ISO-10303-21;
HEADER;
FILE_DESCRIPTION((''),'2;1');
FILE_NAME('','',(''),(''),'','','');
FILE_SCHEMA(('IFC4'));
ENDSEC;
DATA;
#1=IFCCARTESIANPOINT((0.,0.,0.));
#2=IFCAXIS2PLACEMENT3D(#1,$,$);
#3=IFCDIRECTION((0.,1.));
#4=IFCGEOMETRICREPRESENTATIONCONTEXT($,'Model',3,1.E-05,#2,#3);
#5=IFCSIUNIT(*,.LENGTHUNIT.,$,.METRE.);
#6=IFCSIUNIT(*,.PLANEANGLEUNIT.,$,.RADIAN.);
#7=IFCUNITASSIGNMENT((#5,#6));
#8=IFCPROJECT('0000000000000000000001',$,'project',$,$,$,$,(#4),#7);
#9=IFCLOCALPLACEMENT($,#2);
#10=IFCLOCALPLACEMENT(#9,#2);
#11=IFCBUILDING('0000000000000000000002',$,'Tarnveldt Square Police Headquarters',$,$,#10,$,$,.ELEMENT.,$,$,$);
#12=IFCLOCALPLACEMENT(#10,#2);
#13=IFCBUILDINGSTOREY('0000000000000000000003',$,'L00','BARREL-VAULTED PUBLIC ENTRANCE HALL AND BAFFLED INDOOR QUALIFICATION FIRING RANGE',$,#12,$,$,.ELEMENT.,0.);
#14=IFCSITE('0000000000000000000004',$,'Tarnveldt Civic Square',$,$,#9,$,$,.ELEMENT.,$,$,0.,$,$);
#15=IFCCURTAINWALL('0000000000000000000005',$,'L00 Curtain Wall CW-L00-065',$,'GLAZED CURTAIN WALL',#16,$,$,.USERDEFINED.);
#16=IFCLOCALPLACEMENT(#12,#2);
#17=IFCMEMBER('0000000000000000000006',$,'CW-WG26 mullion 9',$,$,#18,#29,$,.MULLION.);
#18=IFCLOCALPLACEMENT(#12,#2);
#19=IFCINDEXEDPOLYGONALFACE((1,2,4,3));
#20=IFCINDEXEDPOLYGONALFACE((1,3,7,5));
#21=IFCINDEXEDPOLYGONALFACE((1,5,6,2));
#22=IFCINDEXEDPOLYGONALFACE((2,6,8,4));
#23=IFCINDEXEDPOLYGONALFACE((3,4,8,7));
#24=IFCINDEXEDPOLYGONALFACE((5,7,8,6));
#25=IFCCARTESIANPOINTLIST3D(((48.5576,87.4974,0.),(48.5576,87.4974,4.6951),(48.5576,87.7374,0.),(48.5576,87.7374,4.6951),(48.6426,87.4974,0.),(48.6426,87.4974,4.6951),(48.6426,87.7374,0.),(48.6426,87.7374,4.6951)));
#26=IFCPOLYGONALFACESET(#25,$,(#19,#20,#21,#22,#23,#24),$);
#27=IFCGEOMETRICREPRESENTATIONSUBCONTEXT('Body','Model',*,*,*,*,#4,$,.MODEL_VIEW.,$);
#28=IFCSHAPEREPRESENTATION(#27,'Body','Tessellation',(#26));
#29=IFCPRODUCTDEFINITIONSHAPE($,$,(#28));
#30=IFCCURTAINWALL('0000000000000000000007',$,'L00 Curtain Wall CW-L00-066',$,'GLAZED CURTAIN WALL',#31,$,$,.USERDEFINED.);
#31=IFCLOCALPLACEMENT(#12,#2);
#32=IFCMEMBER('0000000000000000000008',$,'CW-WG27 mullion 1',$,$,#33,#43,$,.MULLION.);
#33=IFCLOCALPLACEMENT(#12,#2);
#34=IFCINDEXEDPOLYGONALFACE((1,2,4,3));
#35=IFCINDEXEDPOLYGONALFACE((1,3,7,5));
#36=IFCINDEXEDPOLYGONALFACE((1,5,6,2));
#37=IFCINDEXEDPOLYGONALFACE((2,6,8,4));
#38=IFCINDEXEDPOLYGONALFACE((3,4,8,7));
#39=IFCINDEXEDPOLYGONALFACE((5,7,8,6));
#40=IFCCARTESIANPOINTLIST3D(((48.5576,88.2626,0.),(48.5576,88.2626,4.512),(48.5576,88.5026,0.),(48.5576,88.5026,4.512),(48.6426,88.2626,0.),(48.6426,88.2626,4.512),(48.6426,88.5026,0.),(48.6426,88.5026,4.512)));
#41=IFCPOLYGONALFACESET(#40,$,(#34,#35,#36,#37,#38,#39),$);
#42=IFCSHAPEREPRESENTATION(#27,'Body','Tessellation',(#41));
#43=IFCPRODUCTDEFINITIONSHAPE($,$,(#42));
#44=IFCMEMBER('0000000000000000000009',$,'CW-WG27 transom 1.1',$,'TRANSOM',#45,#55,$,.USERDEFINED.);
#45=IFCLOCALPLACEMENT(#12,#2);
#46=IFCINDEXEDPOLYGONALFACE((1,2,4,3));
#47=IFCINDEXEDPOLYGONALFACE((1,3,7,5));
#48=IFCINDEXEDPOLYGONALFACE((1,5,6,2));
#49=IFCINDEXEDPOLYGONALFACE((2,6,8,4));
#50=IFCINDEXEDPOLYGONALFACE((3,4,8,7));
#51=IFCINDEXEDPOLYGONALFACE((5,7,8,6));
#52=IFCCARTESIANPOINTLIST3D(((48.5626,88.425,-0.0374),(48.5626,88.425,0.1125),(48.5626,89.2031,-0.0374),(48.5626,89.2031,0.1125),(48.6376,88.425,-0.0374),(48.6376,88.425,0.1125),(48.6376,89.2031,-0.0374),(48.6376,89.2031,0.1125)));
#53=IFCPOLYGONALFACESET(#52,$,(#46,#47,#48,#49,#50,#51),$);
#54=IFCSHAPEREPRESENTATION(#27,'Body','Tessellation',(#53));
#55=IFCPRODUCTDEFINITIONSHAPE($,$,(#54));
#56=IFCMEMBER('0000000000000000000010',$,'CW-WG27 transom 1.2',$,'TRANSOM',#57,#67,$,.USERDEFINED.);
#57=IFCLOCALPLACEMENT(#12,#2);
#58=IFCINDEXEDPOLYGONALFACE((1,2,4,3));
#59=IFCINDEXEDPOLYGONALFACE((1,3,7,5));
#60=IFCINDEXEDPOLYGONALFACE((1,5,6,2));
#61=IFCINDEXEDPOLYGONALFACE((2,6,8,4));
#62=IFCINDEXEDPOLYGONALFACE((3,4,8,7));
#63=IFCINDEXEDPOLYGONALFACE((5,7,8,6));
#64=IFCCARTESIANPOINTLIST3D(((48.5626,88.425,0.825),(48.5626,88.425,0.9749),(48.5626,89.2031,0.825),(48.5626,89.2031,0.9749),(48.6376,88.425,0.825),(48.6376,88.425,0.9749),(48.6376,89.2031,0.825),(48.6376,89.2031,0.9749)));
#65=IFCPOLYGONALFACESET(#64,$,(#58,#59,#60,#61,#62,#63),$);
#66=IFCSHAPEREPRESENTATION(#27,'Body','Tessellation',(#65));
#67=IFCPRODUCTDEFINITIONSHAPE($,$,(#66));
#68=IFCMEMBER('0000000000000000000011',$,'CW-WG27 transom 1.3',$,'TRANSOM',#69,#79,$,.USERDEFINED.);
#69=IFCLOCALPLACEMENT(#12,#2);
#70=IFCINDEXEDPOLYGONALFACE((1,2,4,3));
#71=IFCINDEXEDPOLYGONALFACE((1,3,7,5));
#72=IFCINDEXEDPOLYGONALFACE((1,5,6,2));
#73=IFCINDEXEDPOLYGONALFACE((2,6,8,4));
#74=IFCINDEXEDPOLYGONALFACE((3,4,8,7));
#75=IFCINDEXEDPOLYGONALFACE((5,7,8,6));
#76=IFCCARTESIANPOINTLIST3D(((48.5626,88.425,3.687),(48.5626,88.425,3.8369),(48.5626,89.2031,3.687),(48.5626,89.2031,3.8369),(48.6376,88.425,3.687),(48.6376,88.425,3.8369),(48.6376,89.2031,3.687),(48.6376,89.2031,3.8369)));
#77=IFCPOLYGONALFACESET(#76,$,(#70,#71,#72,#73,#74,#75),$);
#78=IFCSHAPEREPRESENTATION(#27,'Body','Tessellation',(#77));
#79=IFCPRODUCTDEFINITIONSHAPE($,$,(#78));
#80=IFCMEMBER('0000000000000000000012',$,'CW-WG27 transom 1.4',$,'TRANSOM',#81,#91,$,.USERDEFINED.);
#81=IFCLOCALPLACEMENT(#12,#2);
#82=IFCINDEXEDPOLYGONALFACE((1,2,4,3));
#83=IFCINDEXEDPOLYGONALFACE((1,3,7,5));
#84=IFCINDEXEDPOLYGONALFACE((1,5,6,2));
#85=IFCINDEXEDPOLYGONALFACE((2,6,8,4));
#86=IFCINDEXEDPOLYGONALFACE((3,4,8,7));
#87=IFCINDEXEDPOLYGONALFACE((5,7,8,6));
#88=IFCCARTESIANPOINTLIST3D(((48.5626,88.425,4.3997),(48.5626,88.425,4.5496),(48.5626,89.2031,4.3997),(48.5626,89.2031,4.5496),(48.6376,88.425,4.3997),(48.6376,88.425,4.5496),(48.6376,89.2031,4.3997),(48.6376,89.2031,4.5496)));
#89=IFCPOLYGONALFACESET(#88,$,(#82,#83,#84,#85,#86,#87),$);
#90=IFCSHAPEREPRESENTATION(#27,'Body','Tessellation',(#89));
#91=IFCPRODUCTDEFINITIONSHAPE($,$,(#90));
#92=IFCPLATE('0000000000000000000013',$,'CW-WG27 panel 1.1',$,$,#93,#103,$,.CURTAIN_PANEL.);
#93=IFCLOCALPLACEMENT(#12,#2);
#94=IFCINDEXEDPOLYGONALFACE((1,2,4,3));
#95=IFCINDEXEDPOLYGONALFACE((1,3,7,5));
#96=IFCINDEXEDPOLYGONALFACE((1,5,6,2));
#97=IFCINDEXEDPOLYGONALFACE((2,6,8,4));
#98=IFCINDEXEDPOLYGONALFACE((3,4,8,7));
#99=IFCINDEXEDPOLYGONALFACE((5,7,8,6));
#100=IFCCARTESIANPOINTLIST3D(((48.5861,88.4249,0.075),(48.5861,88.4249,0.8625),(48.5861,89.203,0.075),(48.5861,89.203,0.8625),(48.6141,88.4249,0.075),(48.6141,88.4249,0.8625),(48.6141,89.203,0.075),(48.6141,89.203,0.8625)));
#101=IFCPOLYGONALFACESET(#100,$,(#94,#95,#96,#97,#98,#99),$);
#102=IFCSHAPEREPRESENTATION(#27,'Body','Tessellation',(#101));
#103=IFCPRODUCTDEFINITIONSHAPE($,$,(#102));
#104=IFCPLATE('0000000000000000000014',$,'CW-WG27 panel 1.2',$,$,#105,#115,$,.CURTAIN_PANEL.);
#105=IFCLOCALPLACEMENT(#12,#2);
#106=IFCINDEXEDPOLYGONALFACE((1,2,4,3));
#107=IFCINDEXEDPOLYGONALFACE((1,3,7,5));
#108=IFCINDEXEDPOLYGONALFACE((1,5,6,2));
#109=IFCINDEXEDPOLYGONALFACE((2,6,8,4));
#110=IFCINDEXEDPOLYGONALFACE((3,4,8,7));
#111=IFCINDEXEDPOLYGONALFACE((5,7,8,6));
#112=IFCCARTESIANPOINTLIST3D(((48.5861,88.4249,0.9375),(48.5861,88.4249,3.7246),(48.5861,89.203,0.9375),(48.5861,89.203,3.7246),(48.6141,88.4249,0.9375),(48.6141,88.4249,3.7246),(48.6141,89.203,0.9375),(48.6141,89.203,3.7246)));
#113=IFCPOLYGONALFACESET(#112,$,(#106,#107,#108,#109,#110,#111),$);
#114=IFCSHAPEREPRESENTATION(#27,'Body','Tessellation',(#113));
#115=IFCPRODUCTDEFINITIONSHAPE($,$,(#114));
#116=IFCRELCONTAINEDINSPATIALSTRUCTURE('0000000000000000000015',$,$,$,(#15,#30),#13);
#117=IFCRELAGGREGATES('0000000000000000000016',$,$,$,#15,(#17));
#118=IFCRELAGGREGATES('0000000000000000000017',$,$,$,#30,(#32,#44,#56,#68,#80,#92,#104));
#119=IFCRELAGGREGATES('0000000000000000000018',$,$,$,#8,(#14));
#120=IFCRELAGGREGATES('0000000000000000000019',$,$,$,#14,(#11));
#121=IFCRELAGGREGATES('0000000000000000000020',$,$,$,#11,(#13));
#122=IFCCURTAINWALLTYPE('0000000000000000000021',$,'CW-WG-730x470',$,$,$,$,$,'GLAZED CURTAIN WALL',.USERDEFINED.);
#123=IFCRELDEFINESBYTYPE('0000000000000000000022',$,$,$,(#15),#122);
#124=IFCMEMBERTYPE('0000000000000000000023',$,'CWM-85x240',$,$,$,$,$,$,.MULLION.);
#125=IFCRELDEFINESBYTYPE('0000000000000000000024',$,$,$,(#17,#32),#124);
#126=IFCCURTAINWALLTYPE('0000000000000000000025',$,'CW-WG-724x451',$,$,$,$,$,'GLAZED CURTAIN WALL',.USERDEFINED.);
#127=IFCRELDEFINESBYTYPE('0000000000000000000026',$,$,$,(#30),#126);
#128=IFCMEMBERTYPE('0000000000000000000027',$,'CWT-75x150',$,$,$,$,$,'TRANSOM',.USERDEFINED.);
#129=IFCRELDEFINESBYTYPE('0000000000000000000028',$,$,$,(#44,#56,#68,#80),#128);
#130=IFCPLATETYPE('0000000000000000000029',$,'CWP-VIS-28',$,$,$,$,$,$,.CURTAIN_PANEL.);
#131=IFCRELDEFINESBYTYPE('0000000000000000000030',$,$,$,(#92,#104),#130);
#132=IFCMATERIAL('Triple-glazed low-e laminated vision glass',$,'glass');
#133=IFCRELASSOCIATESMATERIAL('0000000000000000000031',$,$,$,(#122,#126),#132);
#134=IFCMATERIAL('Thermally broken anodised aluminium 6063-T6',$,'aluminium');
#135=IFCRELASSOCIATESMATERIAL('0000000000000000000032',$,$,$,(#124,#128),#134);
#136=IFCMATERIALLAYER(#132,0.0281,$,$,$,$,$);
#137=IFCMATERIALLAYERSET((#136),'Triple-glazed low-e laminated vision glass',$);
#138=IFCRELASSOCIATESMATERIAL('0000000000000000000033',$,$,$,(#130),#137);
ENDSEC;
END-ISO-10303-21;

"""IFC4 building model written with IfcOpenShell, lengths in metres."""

from ifc_helpers import new_model, si_unit, direction, frame, origin, origin_2d, place, context, subcontext, project, spatial, rectangle, extrude, material, layer, layer_set, material_profile, profile_set, type_object, element, aggregate, save


model = new_model("IFC4")

# Units and contexts
model_context = context("Model", 3, precision=1e-05, world=origin(), true_north=direction((0.0, 1.0)))
body_context = subcontext(model_context, "Body", "Model", "MODEL_VIEW")
ifc_project = project(units=[si_unit("LENGTHUNIT", "METRE"), si_unit("PLANEANGLEUNIT", "RADIAN")], contexts=[model_context])

# Site, building, storey
site_placement = place(None, origin())
site = spatial("IfcSite", under=ifc_project, at=site_placement, Name="Tarnveldt Civic Square", CompositionType="ELEMENT", RefElevation=0.0)
building_placement = place(site_placement, origin())
building = spatial("IfcBuilding", under=site, at=building_placement, Name="Tarnveldt Square Police Headquarters", CompositionType="ELEMENT")
storey_placement = place(building_placement, origin())
storey = spatial("IfcBuildingStorey", under=building, at=storey_placement, Name="L00", Description="BARREL-VAULTED PUBLIC ENTRANCE HALL AND BAFFLED INDOOR QUALIFICATION FIRING RANGE", CompositionType="ELEMENT", Elevation=0.0)

# Curtain wall, member
ifc_material_1 = material(Name="Triple-glazed low-e laminated vision glass", Category="glass")
curtain_wall_type_1 = type_object("IfcCurtainWallType", Name="CW-WG-730x470", ElementType="GLAZED CURTAIN WALL", PredefinedType="USERDEFINED", material=ifc_material_1)
curtain_wall_1_placement = place(storey_placement, origin())
curtain_wall_1 = element("IfcCurtainWall", 1, at=curtain_wall_1_placement, inside=storey, type_object=curtain_wall_type_1, Name="L00 Curtain Wall CW-L00-065", ObjectType="GLAZED CURTAIN WALL", PredefinedType="USERDEFINED")
ifc_material_2 = material(Name="Thermally broken anodised aluminium 6063-T6", Category="aluminium")
ifc_material_profile_1 = material_profile(ifc_material_2, rectangle(XDim=0.085, YDim=0.24, at=origin_2d()), Name="CW-M85x240")
ifc_profile_set_1 = profile_set([ifc_material_profile_1], Name="Thermally broken anodised aluminium 6063-T6")
member_type_1 = type_object("IfcMemberType", Name="CWM-85x240", PredefinedType="MULLION", material=ifc_profile_set_1)
member_1_placement = place(storey_placement, frame((48.6001, 87.6174, 0.0), z_axis=(0.0, 0.0, 1.0), x_axis=(-1.0, 0.0, 0.0)))
member_1 = element("IfcMember", 2, at=member_1_placement, type_object=member_type_1, Name="CW-WG26 mullion 9", PredefinedType="MULLION", context=body_context, shape_type="SweptSolid", body=[
    extrude(rectangle(XDim=0.085, YDim=0.24, at=origin_2d()), origin(), (0.0, 0.0, 1.0), 4.6951),
])
aggregate(curtain_wall_1, [member_1])

# Curtain wall, members, plates
curtain_wall_type_2 = type_object("IfcCurtainWallType", Name="CW-WG-724x451", ElementType="GLAZED CURTAIN WALL", PredefinedType="USERDEFINED", material=ifc_material_1)
curtain_wall_2_placement = place(storey_placement, origin())
curtain_wall_2 = element("IfcCurtainWall", 3, at=curtain_wall_2_placement, inside=storey, type_object=curtain_wall_type_2, Name="L00 Curtain Wall CW-L00-066", ObjectType="GLAZED CURTAIN WALL", PredefinedType="USERDEFINED")
member_2_placement = place(storey_placement, frame((48.6001, 88.3826, 0.0), z_axis=(0.0, 0.0, 1.0), x_axis=(-1.0, 0.0, 0.0)))
member_2 = element("IfcMember", 4, at=member_2_placement, type_object=member_type_1, Name="CW-WG27 mullion 1", PredefinedType="MULLION", context=body_context, shape_type="SweptSolid", body=[
    extrude(rectangle(XDim=0.085, YDim=0.24, at=origin_2d()), origin(), (0.0, 0.0, 1.0), 4.512),
])
ifc_material_profile_2 = material_profile(ifc_material_2, rectangle(XDim=0.075, YDim=0.1499, at=origin_2d()), Name="CW-T75x150")
ifc_profile_set_2 = profile_set([ifc_material_profile_2], Name="Thermally broken anodised aluminium 6063-T6")
member_type_2 = type_object("IfcMemberType", Name="CWT-75x150", ElementType="TRANSOM", PredefinedType="USERDEFINED", material=ifc_profile_set_2)
member_3_placement = place(storey_placement, frame((48.6001, 88.425, 0.0376), z_axis=(0.0, 1.0, 0.0), x_axis=(-1.0, 0.0, 0.0)))
member_3 = element("IfcMember", 5, at=member_3_placement, type_object=member_type_2, Name="CW-WG27 transom 1.1", ObjectType="TRANSOM", PredefinedType="USERDEFINED", context=body_context, shape_type="SweptSolid", body=[
    extrude(rectangle(XDim=0.075, YDim=0.1499, at=origin_2d()), origin(), (0.0, 0.0, 1.0), 0.7781),
])
member_4_placement = place(storey_placement, frame((48.6001, 88.425, 0.8999), z_axis=(0.0, 1.0, 0.0), x_axis=(-1.0, 0.0, 0.0)))
member_4 = element("IfcMember", 6, at=member_4_placement, type_object=member_type_2, Name="CW-WG27 transom 1.2", ObjectType="TRANSOM", PredefinedType="USERDEFINED", context=body_context, shape_type="SweptSolid", body=[
    extrude(rectangle(XDim=0.075, YDim=0.1499, at=origin_2d()), origin(), (0.0, 0.0, 1.0), 0.7781),
])
member_5_placement = place(storey_placement, frame((48.6001, 88.425, 3.762), z_axis=(0.0, 1.0, 0.0), x_axis=(-1.0, 0.0, 0.0)))
member_5 = element("IfcMember", 7, at=member_5_placement, type_object=member_type_2, Name="CW-WG27 transom 1.3", ObjectType="TRANSOM", PredefinedType="USERDEFINED", context=body_context, shape_type="SweptSolid", body=[
    extrude(rectangle(XDim=0.075, YDim=0.1499, at=origin_2d()), origin(), (0.0, 0.0, 1.0), 0.7781),
])
member_6_placement = place(storey_placement, frame((48.6001, 88.425, 4.4746), z_axis=(0.0, 1.0, 0.0), x_axis=(-1.0, 0.0, 0.0)))
member_6 = element("IfcMember", 8, at=member_6_placement, type_object=member_type_2, Name="CW-WG27 transom 1.4", ObjectType="TRANSOM", PredefinedType="USERDEFINED", context=body_context, shape_type="SweptSolid", body=[
    extrude(rectangle(XDim=0.075, YDim=0.1499, at=origin_2d()), origin(), (0.0, 0.0, 1.0), 0.7781),
])
ifc_layer = layer(ifc_material_1, 0.0281)
ifc_layer_set = layer_set([ifc_layer], Name="Triple-glazed low-e laminated vision glass")
plate_type = type_object("IfcPlateType", Name="CWP-VIS-28", PredefinedType="CURTAIN_PANEL", material=ifc_layer_set)
plate_1_placement = place(storey_placement, frame((48.6001, 88.814, 0.075), z_axis=(0.0, 0.0, 1.0), x_axis=(0.0, 1.0, 0.0)))
plate_1 = element("IfcPlate", 9, at=plate_1_placement, type_object=plate_type, Name="CW-WG27 panel 1.1", PredefinedType="CURTAIN_PANEL", context=body_context, shape_type="SweptSolid", body=[
    extrude(rectangle(XDim=0.7781, YDim=0.0281, at=origin_2d()), origin(), (0.0, 0.0, 1.0), 0.7876),
])
plate_2_placement = place(storey_placement, frame((48.6001, 88.814, 0.9375), z_axis=(0.0, 0.0, 1.0), x_axis=(0.0, 1.0, 0.0)))
plate_2 = element("IfcPlate", 10, at=plate_2_placement, type_object=plate_type, Name="CW-WG27 panel 1.2", PredefinedType="CURTAIN_PANEL", context=body_context, shape_type="SweptSolid", body=[
    extrude(rectangle(XDim=0.7781, YDim=0.0281, at=origin_2d()), origin(), (0.0, 0.0, 1.0), 2.7871),
])
aggregate(curtain_wall_2, [member_2, member_3, member_4, member_5, member_6, plate_1, plate_2])

save(model, "model.ifc")
